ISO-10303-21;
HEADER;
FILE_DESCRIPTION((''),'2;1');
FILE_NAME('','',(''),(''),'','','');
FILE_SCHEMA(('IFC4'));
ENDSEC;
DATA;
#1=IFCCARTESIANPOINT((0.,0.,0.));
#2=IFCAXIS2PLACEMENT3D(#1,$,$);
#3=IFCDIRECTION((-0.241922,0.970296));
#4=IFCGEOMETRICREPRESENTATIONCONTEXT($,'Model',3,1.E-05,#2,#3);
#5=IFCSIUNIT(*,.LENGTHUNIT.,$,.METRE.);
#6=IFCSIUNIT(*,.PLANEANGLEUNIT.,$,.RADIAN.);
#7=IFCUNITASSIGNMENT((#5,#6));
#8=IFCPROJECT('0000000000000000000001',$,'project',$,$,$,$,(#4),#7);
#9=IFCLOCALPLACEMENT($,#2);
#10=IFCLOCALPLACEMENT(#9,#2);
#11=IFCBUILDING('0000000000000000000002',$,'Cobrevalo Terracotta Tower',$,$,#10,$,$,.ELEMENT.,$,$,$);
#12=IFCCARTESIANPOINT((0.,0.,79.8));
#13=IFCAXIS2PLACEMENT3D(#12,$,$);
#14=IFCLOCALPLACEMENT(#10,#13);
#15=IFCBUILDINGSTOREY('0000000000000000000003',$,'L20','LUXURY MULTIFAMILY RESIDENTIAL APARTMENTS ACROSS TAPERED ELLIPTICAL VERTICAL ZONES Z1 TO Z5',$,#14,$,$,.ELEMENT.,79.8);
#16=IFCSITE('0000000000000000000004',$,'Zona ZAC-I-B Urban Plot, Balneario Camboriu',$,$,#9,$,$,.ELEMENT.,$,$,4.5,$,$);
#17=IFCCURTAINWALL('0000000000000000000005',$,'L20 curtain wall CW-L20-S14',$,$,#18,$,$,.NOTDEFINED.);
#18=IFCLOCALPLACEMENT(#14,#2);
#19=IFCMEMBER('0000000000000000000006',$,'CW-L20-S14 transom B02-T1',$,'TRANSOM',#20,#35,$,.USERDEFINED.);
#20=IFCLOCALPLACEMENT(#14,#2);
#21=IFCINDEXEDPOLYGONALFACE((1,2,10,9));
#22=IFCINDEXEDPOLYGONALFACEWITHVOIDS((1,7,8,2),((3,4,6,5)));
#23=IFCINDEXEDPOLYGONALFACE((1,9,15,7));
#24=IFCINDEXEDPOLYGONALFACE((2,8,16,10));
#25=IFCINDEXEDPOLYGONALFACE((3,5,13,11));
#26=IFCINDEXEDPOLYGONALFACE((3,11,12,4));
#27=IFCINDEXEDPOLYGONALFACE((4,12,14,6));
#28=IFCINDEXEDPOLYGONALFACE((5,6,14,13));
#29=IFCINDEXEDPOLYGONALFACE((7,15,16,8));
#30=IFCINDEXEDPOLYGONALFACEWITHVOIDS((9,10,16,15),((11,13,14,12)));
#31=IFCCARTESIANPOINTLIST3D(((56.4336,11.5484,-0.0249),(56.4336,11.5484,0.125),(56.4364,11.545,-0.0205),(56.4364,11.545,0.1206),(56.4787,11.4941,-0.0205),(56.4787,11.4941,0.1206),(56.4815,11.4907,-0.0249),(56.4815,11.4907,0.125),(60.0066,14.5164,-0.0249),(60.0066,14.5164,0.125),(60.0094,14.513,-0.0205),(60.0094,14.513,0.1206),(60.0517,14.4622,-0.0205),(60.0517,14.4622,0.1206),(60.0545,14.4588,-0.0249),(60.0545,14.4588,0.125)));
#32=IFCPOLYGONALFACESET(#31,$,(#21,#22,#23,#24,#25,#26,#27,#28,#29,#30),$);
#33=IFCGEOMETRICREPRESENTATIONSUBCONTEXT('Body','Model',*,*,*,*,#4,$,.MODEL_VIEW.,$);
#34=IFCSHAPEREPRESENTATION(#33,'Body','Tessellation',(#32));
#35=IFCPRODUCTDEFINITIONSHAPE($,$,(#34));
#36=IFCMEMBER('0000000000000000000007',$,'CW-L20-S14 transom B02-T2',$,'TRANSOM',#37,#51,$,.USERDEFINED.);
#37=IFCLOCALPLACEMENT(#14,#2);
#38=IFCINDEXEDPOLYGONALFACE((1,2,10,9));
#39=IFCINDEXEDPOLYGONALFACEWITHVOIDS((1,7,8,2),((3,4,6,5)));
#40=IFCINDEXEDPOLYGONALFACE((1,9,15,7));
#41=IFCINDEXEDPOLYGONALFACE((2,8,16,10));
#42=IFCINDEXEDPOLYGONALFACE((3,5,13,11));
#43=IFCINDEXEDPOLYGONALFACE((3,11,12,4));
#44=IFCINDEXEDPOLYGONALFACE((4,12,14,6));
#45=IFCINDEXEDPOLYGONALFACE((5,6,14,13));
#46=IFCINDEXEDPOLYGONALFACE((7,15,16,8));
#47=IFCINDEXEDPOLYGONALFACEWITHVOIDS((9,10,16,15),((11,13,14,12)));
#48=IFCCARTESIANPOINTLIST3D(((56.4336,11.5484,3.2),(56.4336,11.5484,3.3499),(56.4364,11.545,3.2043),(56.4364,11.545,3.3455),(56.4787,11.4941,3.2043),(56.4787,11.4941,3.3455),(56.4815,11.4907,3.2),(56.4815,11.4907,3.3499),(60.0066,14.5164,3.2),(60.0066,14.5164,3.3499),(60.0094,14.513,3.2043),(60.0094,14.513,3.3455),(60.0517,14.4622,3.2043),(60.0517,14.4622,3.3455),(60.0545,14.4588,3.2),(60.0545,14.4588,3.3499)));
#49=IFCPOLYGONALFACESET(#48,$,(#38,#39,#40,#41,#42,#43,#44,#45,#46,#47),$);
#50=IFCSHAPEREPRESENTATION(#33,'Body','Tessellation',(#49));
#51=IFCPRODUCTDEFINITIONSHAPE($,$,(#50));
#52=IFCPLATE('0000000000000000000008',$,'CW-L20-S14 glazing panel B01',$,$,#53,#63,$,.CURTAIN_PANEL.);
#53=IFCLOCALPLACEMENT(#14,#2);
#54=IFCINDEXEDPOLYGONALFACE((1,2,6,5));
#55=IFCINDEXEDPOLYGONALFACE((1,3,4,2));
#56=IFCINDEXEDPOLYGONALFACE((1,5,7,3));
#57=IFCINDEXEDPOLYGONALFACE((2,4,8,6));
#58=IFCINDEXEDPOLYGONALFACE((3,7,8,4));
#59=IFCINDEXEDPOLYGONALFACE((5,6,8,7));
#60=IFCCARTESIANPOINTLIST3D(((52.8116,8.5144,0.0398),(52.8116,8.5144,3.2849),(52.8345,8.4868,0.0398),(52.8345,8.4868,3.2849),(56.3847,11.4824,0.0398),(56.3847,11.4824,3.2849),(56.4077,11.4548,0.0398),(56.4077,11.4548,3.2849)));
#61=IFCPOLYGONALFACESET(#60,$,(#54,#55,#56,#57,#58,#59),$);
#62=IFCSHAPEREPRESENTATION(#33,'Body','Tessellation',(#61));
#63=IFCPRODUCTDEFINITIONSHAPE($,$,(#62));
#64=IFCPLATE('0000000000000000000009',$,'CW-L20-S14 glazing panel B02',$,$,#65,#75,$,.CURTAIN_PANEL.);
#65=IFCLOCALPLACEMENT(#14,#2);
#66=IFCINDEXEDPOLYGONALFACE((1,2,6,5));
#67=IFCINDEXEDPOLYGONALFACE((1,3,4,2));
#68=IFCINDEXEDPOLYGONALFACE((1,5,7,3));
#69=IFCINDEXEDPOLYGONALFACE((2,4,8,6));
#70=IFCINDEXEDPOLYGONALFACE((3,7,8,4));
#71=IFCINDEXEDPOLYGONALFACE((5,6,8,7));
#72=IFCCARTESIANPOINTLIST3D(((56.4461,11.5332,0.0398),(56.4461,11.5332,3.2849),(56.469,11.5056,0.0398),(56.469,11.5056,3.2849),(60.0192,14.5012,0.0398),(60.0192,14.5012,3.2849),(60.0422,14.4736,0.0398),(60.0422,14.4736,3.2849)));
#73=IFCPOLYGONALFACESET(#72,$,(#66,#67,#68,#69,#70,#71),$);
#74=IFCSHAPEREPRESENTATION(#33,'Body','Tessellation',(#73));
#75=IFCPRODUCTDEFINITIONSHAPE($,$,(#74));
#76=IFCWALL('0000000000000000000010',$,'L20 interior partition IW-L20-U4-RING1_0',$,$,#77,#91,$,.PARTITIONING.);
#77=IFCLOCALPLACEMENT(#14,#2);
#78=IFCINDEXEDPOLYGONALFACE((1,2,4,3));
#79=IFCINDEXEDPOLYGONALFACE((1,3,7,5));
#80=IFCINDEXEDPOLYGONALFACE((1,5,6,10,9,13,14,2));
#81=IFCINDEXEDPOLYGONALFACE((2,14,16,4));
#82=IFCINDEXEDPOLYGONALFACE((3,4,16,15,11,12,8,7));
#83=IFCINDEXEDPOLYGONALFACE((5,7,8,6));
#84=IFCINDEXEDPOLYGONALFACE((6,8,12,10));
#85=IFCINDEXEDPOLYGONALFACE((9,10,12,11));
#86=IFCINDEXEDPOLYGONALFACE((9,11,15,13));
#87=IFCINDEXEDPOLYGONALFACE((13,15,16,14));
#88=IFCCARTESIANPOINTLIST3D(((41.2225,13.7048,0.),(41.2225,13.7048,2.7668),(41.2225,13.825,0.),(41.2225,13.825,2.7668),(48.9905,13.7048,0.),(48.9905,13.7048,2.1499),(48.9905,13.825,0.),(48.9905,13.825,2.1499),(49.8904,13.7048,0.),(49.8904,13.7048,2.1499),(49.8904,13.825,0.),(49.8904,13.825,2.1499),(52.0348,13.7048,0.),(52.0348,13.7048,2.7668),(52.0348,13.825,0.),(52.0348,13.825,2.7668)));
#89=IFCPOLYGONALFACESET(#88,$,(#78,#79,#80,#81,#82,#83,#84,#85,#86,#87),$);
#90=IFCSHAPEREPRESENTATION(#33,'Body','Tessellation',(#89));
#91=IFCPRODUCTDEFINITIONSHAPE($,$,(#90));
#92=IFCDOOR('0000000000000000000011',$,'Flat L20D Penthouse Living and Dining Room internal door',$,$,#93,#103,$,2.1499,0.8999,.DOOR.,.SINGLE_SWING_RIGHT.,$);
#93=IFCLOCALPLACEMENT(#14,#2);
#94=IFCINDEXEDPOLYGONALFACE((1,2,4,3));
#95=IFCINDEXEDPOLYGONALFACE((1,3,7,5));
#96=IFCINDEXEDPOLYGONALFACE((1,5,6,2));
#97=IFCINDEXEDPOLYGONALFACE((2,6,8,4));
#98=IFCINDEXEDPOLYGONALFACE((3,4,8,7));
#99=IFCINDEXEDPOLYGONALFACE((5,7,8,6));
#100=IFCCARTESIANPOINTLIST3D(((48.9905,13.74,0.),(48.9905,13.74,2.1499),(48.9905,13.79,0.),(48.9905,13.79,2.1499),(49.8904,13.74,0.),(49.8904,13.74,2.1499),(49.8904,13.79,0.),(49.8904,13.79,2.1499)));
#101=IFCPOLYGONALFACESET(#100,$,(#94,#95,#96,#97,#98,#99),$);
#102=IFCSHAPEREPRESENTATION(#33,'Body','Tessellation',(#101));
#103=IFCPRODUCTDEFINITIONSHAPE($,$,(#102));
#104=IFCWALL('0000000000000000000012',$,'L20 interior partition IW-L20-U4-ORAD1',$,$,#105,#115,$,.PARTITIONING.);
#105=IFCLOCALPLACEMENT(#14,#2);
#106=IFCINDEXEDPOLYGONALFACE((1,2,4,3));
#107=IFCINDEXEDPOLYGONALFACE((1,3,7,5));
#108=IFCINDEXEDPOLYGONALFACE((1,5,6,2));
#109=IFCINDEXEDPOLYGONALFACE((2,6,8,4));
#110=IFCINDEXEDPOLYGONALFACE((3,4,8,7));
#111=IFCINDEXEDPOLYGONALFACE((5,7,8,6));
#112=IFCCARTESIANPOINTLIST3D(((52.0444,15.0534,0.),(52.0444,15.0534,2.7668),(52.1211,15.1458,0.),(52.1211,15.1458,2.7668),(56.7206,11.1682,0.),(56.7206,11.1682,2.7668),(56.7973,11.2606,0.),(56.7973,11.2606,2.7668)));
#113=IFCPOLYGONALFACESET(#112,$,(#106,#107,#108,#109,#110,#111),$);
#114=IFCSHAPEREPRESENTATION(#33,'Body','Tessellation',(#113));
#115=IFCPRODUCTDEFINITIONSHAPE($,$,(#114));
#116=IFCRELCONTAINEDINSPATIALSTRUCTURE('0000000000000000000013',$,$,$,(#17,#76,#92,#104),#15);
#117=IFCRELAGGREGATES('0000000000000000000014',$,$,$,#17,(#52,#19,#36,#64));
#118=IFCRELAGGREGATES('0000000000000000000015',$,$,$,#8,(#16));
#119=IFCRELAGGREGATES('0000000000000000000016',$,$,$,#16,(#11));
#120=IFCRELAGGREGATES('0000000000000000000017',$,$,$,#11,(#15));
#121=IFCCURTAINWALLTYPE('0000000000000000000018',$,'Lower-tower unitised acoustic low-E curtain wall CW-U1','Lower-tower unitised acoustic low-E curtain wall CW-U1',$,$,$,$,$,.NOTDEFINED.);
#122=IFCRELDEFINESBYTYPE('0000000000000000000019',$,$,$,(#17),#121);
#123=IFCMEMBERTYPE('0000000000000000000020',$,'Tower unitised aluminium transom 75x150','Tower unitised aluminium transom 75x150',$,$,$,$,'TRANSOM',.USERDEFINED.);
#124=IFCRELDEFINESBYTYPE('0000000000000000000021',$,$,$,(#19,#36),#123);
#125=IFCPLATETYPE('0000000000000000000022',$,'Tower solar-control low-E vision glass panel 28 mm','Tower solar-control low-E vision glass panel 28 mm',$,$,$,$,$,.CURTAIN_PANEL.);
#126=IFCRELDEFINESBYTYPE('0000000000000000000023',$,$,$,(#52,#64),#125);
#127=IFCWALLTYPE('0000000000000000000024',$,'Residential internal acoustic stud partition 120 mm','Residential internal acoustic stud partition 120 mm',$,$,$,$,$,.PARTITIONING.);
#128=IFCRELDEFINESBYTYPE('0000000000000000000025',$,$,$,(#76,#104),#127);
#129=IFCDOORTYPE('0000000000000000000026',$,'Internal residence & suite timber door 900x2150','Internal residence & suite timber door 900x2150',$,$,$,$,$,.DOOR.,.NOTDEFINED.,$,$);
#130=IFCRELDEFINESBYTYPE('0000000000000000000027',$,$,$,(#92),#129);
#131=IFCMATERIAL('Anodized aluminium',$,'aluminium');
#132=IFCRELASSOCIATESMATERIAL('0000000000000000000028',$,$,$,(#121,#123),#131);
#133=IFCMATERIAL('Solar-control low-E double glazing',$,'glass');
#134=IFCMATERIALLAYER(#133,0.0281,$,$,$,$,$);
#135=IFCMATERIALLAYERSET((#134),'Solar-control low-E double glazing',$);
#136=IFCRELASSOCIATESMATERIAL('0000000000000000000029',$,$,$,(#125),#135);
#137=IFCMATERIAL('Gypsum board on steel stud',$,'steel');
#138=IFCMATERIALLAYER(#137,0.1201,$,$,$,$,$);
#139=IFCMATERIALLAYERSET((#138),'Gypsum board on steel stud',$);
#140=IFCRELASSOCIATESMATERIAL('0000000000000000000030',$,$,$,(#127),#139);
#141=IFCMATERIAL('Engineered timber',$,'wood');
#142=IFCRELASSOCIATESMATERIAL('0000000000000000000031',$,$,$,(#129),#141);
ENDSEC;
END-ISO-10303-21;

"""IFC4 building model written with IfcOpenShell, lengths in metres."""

from ifc_helpers import new_model, si_unit, direction, frame, frame_2d, origin, origin_2d, place, context, subcontext, project, spatial, rectangle, hollow_rectangle, extrude, source, transform, mapped, material, layer, layer_set, material_profile, profile_set, type_object, element, fill, aggregate, save


model = new_model("IFC4")

# Units and contexts
model_context = context("Model", 3, precision=1e-05, world=origin(), true_north=direction((-0.241922, 0.970296)))
body_context = subcontext(model_context, "Body", "Model", "MODEL_VIEW")
ifc_project = project(units=[si_unit("LENGTHUNIT", "METRE"), si_unit("PLANEANGLEUNIT", "RADIAN")], contexts=[model_context])

# Site, building, storey
site_placement = place(None, origin())
site = spatial("IfcSite", under=ifc_project, at=site_placement, Name="Zona ZAC-I-B Urban Plot, Balneario Camboriu", CompositionType="ELEMENT", RefElevation=4.5)
building_placement = place(site_placement, origin())
building = spatial("IfcBuilding", under=site, at=building_placement, Name="Cobrevalo Terracotta Tower", CompositionType="ELEMENT")
storey_placement = place(building_placement, frame((0.0, 0.0, 79.8)))
storey = spatial("IfcBuildingStorey", under=building, at=storey_placement, Name="L20", Description="LUXURY MULTIFAMILY RESIDENTIAL APARTMENTS ACROSS TAPERED ELLIPTICAL VERTICAL ZONES Z1 TO Z5", CompositionType="ELEMENT", Elevation=79.8)

# Curtain wall
ifc_material_1 = material(Name="Anodized aluminium", Category="aluminium")
curtain_wall_type = type_object("IfcCurtainWallType", Name="Lower-tower unitised acoustic low-E curtain wall CW-U1", Description="Lower-tower unitised acoustic low-E curtain wall CW-U1", PredefinedType="NOTDEFINED", material=ifc_material_1)
curtain_wall_1_placement = place(storey_placement, origin())
curtain_wall_1 = element("IfcCurtainWall", 1, at=curtain_wall_1_placement, inside=storey, type_object=curtain_wall_type, Name="L20 curtain wall CW-L20-S14", PredefinedType="NOTDEFINED")
ifc_material_profile_1 = material_profile(ifc_material_1, hollow_rectangle(XDim=0.075, YDim=0.1499, WallThickness=0.0044, at=origin_2d()), Name="CWT 75x150")
ifc_profile_set_1 = profile_set([ifc_material_profile_1], Name="Anodized aluminium")
member_type_1 = type_object("IfcMemberType", Name="Tower unitised aluminium transom 75x150", Description="Tower unitised aluminium transom 75x150", ElementType="TRANSOM", PredefinedType="USERDEFINED", material=ifc_profile_set_1)

# Members
shared_shape_1 = source(origin(), body_context, "Body", "SweptSolid", [
    extrude(hollow_rectangle(XDim=0.075, YDim=0.1499, WallThickness=0.0044, at=origin_2d()), origin(), (0.0, 0.0, 1.0), 4.645),
])
member_1_placement = place(storey_placement, frame((56.4575, 11.5195, 0.05), z_axis=(0.769224, 0.638979, 0.0), x_axis=(-0.638979, 0.769224, 0.0)))
member_1 = element("IfcMember", 2, at=member_1_placement, type_object=member_type_1, Name="CW-L20-S14 transom B02-T1", ObjectType="TRANSOM", PredefinedType="USERDEFINED", context=body_context, shape_type="MappedRepresentation", body=[
    mapped(shared_shape_1, transform((0.0, 0.0, 0.0), scale=1.0)),
])
member_2_placement = place(storey_placement, frame((56.4575, 11.5195, 3.2749), z_axis=(0.769224, 0.638979, 0.0), x_axis=(-0.638979, 0.769224, 0.0)))
member_2 = element("IfcMember", 3, at=member_2_placement, type_object=member_type_1, Name="CW-L20-S14 transom B02-T2", ObjectType="TRANSOM", PredefinedType="USERDEFINED", context=body_context, shape_type="MappedRepresentation", body=[
    mapped(shared_shape_1, transform((0.0, 0.0, 0.0), scale=1.0)),
])

# Plates
ifc_material_2 = material(Name="Solar-control low-E double glazing", Category="glass")
ifc_layer_1 = layer(ifc_material_2, 0.0281)
ifc_layer_set_1 = layer_set([ifc_layer_1], Name="Solar-control low-E double glazing")
plate_type = type_object("IfcPlateType", Name="Tower solar-control low-E vision glass panel 28 mm", Description="Tower solar-control low-E vision glass panel 28 mm", PredefinedType="CURTAIN_PANEL", material=ifc_layer_set_1)
shared_shape_2 = source(origin(), body_context, "Body", "SweptSolid", [
    extrude(rectangle(XDim=4.645, YDim=0.0359, at=origin_2d()), origin(), (0.0, 0.0, 1.0), 3.2451),
])
plate_1_placement = place(storey_placement, frame((54.6096, 9.9846, 0.0398), z_axis=(0.0, 0.0, 1.0), x_axis=(0.769241, 0.638958, 0.0)))
plate_1 = element("IfcPlate", 4, at=plate_1_placement, type_object=plate_type, Name="CW-L20-S14 glazing panel B01", PredefinedType="CURTAIN_PANEL", context=body_context, shape_type="MappedRepresentation", body=[
    mapped(shared_shape_2, transform((0.0, 0.0, 0.0), scale=1.0)),
])
plate_2_placement = place(storey_placement, frame((58.2441, 13.0034, 0.0398), z_axis=(0.0, 0.0, 1.0), x_axis=(0.769241, 0.638958, 0.0)))
plate_2 = element("IfcPlate", 5, at=plate_2_placement, type_object=plate_type, Name="CW-L20-S14 glazing panel B02", PredefinedType="CURTAIN_PANEL", context=body_context, shape_type="MappedRepresentation", body=[
    mapped(shared_shape_2, transform((0.0, 0.0, 0.0), scale=1.0)),
])
aggregate(curtain_wall_1, [plate_1, member_1, member_2, plate_2])

# Wall, opening, door
ifc_material_3 = material(Name="Gypsum board on steel stud", Category="steel")
ifc_layer_2 = layer(ifc_material_3, 0.1201)
ifc_layer_set_2 = layer_set([ifc_layer_2], Name="Gypsum board on steel stud")
wall_type = type_object("IfcWallType", Name="Residential internal acoustic stud partition 120 mm", Description="Residential internal acoustic stud partition 120 mm", PredefinedType="PARTITIONING", material=ifc_layer_set_2)
wall_1_placement = place(storey_placement, frame((52.0349, 13.7649, 0.0), z_axis=(0.0, 0.0, 1.0), x_axis=(-1.0, 0.0, 0.0)))
wall_1 = element("IfcWall", 6, at=wall_1_placement, inside=storey, type_object=wall_type, Name="L20 interior partition IW-L20-U4-RING1_0", PredefinedType="PARTITIONING", context=body_context, shape_type="SweptSolid", body=[
    extrude(rectangle(XDim=10.8123, YDim=0.1201, at=frame_2d((5.4062, 0.0))), origin(), (0.0, 0.0, 1.0), 2.7668),
])
opening_placement = place(wall_1_placement, frame((2.1445, 0.0, 0.0)))
opening = element("IfcOpeningElement", 7, at=opening_placement, cuts=wall_1, PredefinedType="OPENING", context=body_context, shape_type="SweptSolid", body=[
    extrude(rectangle(XDim=0.8999, YDim=2.1499, at=frame_2d((0.45, 1.075))), frame((0.0, 0.0701, 0.0), z_axis=(0.0, -1.0, 0.0), x_axis=(1.0, 0.0, 0.0)), (0.0, 0.0, 1.0), 0.1401),
])
ifc_material_4 = material(Name="Engineered timber", Category="wood")
door_type = type_object("IfcDoorType", Name="Internal residence & suite timber door 900x2150", Description="Internal residence & suite timber door 900x2150", OperationType="NOTDEFINED", PredefinedType="DOOR", material=ifc_material_4)
shared_shape_3 = source(origin(), body_context, "Body", "SweptSolid", [
    extrude(rectangle(XDim=0.8999, YDim=2.1499, at=frame_2d((0.45, 1.075))), frame((0.0, 0.0249, 0.0), z_axis=(0.0, -1.0, 0.0), x_axis=(1.0, 0.0, 0.0)), (0.0, 0.0, 1.0), 0.05),
])
door_placement = place(opening_placement, origin())
door = element("IfcDoor", 8, at=door_placement, inside=storey, type_object=door_type, Name="Flat L20D Penthouse Living and Dining Room internal door", OperationType="SINGLE_SWING_RIGHT", OverallHeight=2.1499, OverallWidth=0.8999, PredefinedType="DOOR", context=body_context, shape_type="MappedRepresentation", body=[
    mapped(shared_shape_3, transform((0.0, 0.0, 0.0), scale=1.0)),
])
fill(opening, door)

# Wall
wall_2_placement = place(storey_placement, frame((52.0828, 15.0996, 0.0), z_axis=(0.0, 0.0, 1.0), x_axis=(0.769162, -0.639054, 0.0)))
element("IfcWall", 9, at=wall_2_placement, inside=storey, type_object=wall_type, Name="L20 interior partition IW-L20-U4-ORAD1", PredefinedType="PARTITIONING", context=body_context, shape_type="SweptSolid", body=[
    extrude(rectangle(XDim=6.0796, YDim=0.1201, at=frame_2d((3.0398, 0.0))), origin(), (0.0, 0.0, 1.0), 2.7668),
])

save(model, "model.ifc")
